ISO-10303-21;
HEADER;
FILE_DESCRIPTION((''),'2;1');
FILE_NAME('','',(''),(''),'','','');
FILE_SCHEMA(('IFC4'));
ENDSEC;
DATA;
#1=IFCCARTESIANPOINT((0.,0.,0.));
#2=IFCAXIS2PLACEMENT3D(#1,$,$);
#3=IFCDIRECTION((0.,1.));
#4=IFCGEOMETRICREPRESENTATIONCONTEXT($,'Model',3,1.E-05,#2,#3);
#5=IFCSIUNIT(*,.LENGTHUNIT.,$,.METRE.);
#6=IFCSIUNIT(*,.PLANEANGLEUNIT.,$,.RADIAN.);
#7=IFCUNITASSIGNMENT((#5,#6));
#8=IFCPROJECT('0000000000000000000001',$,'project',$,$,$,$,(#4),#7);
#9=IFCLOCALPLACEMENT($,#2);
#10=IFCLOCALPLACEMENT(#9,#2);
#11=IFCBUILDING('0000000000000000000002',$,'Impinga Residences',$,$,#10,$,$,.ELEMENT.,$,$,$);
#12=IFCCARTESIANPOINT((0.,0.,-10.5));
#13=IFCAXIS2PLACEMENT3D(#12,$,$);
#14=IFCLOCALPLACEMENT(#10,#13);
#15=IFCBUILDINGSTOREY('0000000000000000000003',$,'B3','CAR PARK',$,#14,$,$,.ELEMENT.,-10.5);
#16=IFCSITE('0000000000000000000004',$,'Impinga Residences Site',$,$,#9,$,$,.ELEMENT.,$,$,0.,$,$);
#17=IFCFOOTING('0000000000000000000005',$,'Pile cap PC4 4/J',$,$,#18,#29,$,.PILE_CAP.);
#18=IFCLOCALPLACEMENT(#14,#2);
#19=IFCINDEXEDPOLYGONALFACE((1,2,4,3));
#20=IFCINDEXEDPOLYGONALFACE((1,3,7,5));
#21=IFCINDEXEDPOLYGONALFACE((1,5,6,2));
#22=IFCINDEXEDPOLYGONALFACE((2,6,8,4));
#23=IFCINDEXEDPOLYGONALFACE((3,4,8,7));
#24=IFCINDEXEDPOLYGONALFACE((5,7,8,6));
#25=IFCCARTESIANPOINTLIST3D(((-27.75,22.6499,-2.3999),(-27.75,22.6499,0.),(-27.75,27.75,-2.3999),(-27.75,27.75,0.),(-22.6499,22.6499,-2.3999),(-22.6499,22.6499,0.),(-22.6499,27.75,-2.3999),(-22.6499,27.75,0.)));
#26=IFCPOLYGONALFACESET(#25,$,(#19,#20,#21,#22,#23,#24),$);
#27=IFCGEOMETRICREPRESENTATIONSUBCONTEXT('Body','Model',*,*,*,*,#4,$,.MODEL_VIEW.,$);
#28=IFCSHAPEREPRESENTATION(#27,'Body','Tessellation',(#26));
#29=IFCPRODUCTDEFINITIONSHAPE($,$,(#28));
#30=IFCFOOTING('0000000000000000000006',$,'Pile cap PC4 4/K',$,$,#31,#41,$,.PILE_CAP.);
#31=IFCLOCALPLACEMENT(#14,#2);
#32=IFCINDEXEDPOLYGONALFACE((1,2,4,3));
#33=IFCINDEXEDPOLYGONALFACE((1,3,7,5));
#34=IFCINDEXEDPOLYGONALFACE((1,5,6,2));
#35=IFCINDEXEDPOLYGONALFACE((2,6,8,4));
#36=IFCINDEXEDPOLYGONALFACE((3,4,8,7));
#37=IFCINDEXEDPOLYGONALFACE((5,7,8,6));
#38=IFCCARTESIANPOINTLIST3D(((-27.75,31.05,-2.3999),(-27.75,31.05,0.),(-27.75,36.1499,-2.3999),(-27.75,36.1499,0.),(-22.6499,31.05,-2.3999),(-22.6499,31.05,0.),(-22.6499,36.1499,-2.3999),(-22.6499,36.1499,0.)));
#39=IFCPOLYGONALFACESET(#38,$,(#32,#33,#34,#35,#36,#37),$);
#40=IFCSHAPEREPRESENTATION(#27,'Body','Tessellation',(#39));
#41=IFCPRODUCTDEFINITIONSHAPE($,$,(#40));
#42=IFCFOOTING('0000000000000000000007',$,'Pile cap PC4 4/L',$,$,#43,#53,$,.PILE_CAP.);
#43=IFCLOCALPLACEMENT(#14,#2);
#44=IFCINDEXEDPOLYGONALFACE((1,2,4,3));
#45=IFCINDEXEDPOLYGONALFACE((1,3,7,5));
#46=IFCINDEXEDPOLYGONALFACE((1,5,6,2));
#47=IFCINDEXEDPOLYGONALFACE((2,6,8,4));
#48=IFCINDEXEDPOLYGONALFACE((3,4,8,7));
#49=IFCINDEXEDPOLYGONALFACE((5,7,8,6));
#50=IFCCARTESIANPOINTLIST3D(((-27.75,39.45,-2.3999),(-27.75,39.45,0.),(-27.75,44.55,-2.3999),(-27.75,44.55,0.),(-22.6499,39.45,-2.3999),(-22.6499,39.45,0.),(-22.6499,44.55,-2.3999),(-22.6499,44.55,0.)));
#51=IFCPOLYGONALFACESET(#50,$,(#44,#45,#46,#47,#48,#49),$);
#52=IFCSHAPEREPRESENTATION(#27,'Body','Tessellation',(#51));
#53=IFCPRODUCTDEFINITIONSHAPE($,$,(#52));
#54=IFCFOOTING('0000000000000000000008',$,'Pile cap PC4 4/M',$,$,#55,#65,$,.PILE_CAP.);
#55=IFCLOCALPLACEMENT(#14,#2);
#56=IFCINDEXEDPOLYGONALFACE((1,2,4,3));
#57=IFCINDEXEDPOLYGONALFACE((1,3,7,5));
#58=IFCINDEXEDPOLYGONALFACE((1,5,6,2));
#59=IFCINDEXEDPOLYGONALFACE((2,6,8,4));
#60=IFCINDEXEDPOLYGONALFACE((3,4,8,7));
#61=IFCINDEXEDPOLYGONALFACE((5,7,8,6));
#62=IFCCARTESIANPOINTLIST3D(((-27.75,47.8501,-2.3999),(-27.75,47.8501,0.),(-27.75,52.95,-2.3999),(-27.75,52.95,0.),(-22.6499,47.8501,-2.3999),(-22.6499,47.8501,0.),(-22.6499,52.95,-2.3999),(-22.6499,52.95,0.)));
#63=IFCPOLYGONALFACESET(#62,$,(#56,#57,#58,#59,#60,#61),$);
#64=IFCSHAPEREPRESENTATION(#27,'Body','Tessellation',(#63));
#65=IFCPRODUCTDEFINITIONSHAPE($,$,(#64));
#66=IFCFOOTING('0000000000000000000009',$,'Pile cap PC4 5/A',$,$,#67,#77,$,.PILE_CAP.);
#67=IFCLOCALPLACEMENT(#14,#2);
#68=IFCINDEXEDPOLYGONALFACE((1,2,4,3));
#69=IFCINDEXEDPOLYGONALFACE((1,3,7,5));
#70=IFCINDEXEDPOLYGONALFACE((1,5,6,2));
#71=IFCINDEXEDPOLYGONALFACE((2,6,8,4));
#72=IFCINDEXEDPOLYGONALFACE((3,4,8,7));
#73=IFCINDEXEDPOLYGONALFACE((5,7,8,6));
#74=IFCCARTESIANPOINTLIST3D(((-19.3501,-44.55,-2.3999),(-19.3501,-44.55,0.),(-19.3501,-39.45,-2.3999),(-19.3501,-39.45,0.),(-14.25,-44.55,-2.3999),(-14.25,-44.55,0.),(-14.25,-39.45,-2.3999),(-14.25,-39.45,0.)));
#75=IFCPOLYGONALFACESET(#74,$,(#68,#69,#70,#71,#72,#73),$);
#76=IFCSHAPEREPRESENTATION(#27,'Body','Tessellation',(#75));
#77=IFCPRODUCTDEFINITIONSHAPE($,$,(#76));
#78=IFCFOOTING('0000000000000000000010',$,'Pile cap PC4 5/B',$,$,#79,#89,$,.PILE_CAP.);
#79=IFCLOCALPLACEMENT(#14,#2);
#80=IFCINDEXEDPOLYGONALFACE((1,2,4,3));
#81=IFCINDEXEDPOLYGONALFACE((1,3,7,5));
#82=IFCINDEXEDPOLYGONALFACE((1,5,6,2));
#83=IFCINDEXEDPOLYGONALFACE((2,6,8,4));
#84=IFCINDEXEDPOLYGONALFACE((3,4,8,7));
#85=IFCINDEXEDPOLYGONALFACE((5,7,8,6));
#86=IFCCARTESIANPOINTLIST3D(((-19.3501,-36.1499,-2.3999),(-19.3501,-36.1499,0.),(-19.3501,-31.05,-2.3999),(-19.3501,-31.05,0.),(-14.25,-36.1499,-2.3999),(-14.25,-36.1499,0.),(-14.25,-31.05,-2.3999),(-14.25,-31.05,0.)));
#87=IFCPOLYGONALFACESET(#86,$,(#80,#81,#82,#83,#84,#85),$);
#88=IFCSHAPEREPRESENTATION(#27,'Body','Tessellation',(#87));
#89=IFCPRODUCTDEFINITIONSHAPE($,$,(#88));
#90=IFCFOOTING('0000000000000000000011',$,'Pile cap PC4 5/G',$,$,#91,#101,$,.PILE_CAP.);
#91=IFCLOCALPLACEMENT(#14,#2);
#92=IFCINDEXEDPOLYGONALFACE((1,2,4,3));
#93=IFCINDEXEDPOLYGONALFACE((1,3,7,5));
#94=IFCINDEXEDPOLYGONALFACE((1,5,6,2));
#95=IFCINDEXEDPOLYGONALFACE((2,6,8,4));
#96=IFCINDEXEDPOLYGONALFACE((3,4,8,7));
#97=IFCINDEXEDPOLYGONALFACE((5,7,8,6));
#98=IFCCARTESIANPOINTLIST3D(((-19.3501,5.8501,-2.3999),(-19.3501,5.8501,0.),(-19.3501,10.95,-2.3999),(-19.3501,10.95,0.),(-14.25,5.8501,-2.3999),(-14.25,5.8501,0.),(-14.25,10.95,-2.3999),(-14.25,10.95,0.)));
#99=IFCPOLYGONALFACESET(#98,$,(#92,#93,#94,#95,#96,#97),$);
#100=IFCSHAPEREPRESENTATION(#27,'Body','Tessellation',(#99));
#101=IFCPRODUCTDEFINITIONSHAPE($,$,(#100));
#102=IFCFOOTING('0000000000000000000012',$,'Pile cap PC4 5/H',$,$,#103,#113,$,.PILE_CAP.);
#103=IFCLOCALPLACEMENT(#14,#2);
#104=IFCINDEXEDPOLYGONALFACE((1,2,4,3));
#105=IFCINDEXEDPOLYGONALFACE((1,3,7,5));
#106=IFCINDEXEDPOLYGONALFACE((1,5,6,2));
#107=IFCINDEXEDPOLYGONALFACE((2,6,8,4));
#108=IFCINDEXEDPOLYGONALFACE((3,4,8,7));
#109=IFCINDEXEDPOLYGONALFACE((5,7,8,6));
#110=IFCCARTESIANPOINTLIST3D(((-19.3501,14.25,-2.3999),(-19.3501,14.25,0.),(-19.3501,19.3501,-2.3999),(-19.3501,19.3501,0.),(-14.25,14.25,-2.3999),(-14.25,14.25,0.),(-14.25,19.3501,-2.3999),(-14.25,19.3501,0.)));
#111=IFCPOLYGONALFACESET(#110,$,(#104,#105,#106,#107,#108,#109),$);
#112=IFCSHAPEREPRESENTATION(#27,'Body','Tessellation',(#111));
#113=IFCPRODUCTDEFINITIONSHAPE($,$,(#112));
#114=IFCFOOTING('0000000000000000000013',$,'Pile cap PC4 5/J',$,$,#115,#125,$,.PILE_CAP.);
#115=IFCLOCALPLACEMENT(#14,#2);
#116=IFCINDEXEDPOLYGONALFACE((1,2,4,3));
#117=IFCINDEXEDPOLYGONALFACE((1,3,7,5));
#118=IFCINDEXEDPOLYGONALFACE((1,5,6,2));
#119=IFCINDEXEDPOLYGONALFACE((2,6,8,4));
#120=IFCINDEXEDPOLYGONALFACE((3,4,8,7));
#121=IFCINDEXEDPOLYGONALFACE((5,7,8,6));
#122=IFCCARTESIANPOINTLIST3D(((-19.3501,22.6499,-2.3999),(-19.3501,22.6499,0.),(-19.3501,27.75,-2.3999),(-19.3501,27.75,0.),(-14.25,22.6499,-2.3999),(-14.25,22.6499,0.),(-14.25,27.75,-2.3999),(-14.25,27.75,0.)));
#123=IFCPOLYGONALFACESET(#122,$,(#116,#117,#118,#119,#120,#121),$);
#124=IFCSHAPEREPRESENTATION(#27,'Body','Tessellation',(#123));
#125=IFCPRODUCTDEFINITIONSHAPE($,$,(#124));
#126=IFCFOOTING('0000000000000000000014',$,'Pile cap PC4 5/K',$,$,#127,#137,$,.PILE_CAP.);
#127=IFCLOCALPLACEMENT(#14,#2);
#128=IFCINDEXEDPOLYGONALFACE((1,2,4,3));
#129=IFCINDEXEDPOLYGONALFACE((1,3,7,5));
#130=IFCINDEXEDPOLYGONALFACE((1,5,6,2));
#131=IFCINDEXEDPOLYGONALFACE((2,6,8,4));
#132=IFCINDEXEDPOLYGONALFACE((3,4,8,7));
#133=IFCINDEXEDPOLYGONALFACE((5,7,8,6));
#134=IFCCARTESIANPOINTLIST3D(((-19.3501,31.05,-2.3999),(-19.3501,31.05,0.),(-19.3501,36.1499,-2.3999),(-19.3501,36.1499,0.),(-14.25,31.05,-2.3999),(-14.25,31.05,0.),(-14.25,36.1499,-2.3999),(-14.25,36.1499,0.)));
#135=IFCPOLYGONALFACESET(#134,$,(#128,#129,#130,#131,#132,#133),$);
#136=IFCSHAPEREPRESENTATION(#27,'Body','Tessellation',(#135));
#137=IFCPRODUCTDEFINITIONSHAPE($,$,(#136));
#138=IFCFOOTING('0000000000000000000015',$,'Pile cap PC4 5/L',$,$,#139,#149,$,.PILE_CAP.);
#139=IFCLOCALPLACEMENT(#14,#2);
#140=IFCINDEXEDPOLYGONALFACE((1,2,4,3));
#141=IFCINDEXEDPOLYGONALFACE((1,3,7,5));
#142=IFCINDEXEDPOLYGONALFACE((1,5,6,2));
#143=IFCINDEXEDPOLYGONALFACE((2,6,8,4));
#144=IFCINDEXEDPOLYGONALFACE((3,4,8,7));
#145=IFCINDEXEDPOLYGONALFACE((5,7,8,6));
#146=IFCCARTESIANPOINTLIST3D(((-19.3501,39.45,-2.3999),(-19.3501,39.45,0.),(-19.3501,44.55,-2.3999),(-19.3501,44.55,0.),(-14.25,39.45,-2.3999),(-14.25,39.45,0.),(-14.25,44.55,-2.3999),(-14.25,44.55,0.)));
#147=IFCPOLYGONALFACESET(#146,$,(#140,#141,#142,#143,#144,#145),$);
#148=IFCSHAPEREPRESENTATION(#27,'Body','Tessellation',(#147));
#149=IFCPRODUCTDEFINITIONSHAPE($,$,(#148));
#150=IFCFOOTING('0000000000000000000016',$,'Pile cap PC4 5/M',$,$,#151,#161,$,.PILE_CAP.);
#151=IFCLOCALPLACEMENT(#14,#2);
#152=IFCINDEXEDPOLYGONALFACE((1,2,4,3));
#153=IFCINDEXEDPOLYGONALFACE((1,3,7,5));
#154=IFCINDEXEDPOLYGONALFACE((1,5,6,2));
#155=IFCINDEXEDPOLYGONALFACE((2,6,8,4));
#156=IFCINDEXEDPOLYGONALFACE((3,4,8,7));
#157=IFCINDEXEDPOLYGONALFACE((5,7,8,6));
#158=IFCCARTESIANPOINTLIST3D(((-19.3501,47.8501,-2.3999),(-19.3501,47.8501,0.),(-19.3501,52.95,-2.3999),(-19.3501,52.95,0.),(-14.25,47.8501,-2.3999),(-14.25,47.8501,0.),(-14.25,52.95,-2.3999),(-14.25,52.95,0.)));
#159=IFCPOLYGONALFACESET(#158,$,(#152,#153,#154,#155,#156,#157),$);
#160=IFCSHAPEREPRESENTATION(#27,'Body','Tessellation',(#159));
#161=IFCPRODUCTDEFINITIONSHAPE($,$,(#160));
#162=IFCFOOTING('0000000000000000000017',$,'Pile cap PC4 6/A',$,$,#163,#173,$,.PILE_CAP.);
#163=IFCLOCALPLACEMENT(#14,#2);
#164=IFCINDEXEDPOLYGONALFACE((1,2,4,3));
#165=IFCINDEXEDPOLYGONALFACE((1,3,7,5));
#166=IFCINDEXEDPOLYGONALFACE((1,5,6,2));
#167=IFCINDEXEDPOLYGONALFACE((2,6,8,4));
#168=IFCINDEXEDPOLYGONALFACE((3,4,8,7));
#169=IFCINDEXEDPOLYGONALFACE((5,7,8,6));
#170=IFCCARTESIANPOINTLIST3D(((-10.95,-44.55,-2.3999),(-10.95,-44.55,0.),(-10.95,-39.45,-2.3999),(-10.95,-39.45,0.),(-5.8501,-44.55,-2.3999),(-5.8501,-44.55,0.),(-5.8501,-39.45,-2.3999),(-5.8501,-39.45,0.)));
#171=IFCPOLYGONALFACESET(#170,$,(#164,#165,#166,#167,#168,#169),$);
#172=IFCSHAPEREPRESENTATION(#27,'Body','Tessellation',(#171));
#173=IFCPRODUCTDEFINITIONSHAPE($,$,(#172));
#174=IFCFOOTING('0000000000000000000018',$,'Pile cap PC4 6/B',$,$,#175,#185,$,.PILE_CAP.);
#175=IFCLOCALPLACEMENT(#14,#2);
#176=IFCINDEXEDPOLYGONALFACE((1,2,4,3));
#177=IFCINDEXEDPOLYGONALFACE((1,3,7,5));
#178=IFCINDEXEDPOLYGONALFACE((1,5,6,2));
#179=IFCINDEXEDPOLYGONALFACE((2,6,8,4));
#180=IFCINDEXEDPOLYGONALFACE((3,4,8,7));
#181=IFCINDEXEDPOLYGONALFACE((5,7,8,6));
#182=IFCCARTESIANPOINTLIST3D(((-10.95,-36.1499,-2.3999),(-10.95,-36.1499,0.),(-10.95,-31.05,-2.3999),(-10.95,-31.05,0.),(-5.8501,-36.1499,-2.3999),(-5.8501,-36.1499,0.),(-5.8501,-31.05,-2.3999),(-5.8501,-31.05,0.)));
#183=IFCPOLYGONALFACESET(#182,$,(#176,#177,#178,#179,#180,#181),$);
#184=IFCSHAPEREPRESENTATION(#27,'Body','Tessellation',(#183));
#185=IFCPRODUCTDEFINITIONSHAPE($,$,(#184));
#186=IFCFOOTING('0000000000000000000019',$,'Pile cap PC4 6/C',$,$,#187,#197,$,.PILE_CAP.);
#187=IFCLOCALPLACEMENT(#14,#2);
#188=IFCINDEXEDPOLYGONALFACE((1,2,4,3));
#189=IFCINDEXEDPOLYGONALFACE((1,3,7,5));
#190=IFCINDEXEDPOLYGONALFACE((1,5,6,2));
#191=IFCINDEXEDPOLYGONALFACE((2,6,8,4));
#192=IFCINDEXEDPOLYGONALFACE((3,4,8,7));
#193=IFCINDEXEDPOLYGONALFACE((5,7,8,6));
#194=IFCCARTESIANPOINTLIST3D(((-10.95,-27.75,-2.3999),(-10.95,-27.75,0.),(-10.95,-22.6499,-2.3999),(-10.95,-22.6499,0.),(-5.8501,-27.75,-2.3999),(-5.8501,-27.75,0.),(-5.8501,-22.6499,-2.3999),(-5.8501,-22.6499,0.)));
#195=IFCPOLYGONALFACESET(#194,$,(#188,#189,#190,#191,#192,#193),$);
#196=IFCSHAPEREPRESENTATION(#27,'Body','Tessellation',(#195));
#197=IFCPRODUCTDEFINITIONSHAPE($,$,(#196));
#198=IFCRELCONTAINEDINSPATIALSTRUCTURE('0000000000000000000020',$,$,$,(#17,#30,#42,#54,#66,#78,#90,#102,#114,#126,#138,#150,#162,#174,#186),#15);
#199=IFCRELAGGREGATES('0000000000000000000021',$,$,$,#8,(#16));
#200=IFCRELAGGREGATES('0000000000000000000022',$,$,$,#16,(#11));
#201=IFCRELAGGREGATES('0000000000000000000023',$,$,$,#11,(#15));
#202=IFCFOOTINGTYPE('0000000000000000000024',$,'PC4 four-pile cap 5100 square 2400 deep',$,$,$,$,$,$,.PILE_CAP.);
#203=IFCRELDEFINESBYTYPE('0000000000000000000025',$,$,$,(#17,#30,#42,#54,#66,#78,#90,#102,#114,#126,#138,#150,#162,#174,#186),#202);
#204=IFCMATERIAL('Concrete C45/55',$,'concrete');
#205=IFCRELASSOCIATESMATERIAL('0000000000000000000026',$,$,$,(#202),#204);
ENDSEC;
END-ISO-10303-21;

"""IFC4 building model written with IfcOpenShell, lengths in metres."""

from ifc_helpers import new_model, si_unit, direction, frame, origin, place, context, subcontext, project, spatial, polyline, outline, extrude, material, type_object, element, save


model = new_model("IFC4")

# Units and contexts
model_context = context("Model", 3, precision=1e-05, world=origin(), true_north=direction((0.0, 1.0)))
body_context = subcontext(model_context, "Body", "Model", "MODEL_VIEW")
ifc_project = project(units=[si_unit("LENGTHUNIT", "METRE"), si_unit("PLANEANGLEUNIT", "RADIAN")], contexts=[model_context])

# Site, building, storey
site_placement = place(None, origin())
site = spatial("IfcSite", under=ifc_project, at=site_placement, Name="Impinga Residences Site", CompositionType="ELEMENT", RefElevation=0.0)
building_placement = place(site_placement, origin())
building = spatial("IfcBuilding", under=site, at=building_placement, Name="Impinga Residences", CompositionType="ELEMENT")
storey_placement = place(building_placement, frame((0.0, 0.0, -10.5)))
storey = spatial("IfcBuildingStorey", under=building, at=storey_placement, Name="B3", Description="CAR PARK", CompositionType="ELEMENT", Elevation=-10.5)

# Footings
ifc_material = material(Name="Concrete C45/55", Category="concrete")
footing_type = type_object("IfcFootingType", Name="PC4 four-pile cap 5100 square 2400 deep", PredefinedType="PILE_CAP", material=ifc_material)
footing_1_placement = place(storey_placement, frame((0.0, 0.0, -2.3999)))
element("IfcFooting", 1, at=footing_1_placement, inside=storey, type_object=footing_type, Name="Pile cap PC4 4/J", PredefinedType="PILE_CAP", context=body_context, shape_type="SweptSolid", body=[
    extrude(outline(polyline([(-22.6499, 22.6499), (-22.6499, 27.75), (-27.75, 27.75), (-27.75, 22.6499), (-22.6499, 22.6499)])), origin(), (0.0, 0.0, 1.0), 2.3999),
])
footing_2_placement = place(storey_placement, frame((0.0, 0.0, -2.3999)))
element("IfcFooting", 2, at=footing_2_placement, inside=storey, type_object=footing_type, Name="Pile cap PC4 4/K", PredefinedType="PILE_CAP", context=body_context, shape_type="SweptSolid", body=[
    extrude(outline(polyline([(-22.6499, 31.05), (-22.6499, 36.1499), (-27.75, 36.1499), (-27.75, 31.05), (-22.6499, 31.05)])), origin(), (0.0, 0.0, 1.0), 2.3999),
])
footing_3_placement = place(storey_placement, frame((0.0, 0.0, -2.3999)))
element("IfcFooting", 3, at=footing_3_placement, inside=storey, type_object=footing_type, Name="Pile cap PC4 4/L", PredefinedType="PILE_CAP", context=body_context, shape_type="SweptSolid", body=[
    extrude(outline(polyline([(-22.6499, 39.45), (-22.6499, 44.55), (-27.75, 44.55), (-27.75, 39.45), (-22.6499, 39.45)])), origin(), (0.0, 0.0, 1.0), 2.3999),
])
footing_4_placement = place(storey_placement, frame((0.0, 0.0, -2.3999)))
element("IfcFooting", 4, at=footing_4_placement, inside=storey, type_object=footing_type, Name="Pile cap PC4 4/M", PredefinedType="PILE_CAP", context=body_context, shape_type="SweptSolid", body=[
    extrude(outline(polyline([(-22.6499, 47.8501), (-22.6499, 52.95), (-27.75, 52.95), (-27.75, 47.8501), (-22.6499, 47.8501)])), origin(), (0.0, 0.0, 1.0), 2.3999),
])
footing_5_placement = place(storey_placement, frame((0.0, 0.0, -2.3999)))
element("IfcFooting", 5, at=footing_5_placement, inside=storey, type_object=footing_type, Name="Pile cap PC4 5/A", PredefinedType="PILE_CAP", context=body_context, shape_type="SweptSolid", body=[
    extrude(outline(polyline([(-14.25, -44.55), (-14.25, -39.45), (-19.3501, -39.45), (-19.3501, -44.55), (-14.25, -44.55)])), origin(), (0.0, 0.0, 1.0), 2.3999),
])
footing_6_placement = place(storey_placement, frame((0.0, 0.0, -2.3999)))
element("IfcFooting", 6, at=footing_6_placement, inside=storey, type_object=footing_type, Name="Pile cap PC4 5/B", PredefinedType="PILE_CAP", context=body_context, shape_type="SweptSolid", body=[
    extrude(outline(polyline([(-14.25, -36.1499), (-14.25, -31.05), (-19.3501, -31.05), (-19.3501, -36.1499), (-14.25, -36.1499)])), origin(), (0.0, 0.0, 1.0), 2.3999),
])
footing_7_placement = place(storey_placement, frame((0.0, 0.0, -2.3999)))
element("IfcFooting", 7, at=footing_7_placement, inside=storey, type_object=footing_type, Name="Pile cap PC4 5/G", PredefinedType="PILE_CAP", context=body_context, shape_type="SweptSolid", body=[
    extrude(outline(polyline([(-14.25, 5.8501), (-14.25, 10.95), (-19.3501, 10.95), (-19.3501, 5.8501), (-14.25, 5.8501)])), origin(), (0.0, 0.0, 1.0), 2.3999),
])
footing_8_placement = place(storey_placement, frame((0.0, 0.0, -2.3999)))
element("IfcFooting", 8, at=footing_8_placement, inside=storey, type_object=footing_type, Name="Pile cap PC4 5/H", PredefinedType="PILE_CAP", context=body_context, shape_type="SweptSolid", body=[
    extrude(outline(polyline([(-14.25, 14.25), (-14.25, 19.3501), (-19.3501, 19.3501), (-19.3501, 14.25), (-14.25, 14.25)])), origin(), (0.0, 0.0, 1.0), 2.3999),
])
footing_9_placement = place(storey_placement, frame((0.0, 0.0, -2.3999)))
element("IfcFooting", 9, at=footing_9_placement, inside=storey, type_object=footing_type, Name="Pile cap PC4 5/J", PredefinedType="PILE_CAP", context=body_context, shape_type="SweptSolid", body=[
    extrude(outline(polyline([(-14.25, 22.6499), (-14.25, 27.75), (-19.3501, 27.75), (-19.3501, 22.6499), (-14.25, 22.6499)])), origin(), (0.0, 0.0, 1.0), 2.3999),
])
footing_10_placement = place(storey_placement, frame((0.0, 0.0, -2.3999)))
element("IfcFooting", 10, at=footing_10_placement, inside=storey, type_object=footing_type, Name="Pile cap PC4 5/K", PredefinedType="PILE_CAP", context=body_context, shape_type="SweptSolid", body=[
    extrude(outline(polyline([(-14.25, 31.05), (-14.25, 36.1499), (-19.3501, 36.1499), (-19.3501, 31.05), (-14.25, 31.05)])), origin(), (0.0, 0.0, 1.0), 2.3999),
])
footing_11_placement = place(storey_placement, frame((0.0, 0.0, -2.3999)))
element("IfcFooting", 11, at=footing_11_placement, inside=storey, type_object=footing_type, Name="Pile cap PC4 5/L", PredefinedType="PILE_CAP", context=body_context, shape_type="SweptSolid", body=[
    extrude(outline(polyline([(-14.25, 39.45), (-14.25, 44.55), (-19.3501, 44.55), (-19.3501, 39.45), (-14.25, 39.45)])), origin(), (0.0, 0.0, 1.0), 2.3999),
])
footing_12_placement = place(storey_placement, frame((0.0, 0.0, -2.3999)))
element("IfcFooting", 12, at=footing_12_placement, inside=storey, type_object=footing_type, Name="Pile cap PC4 5/M", PredefinedType="PILE_CAP", context=body_context, shape_type="SweptSolid", body=[
    extrude(outline(polyline([(-14.25, 47.8501), (-14.25, 52.95), (-19.3501, 52.95), (-19.3501, 47.8501), (-14.25, 47.8501)])), origin(), (0.0, 0.0, 1.0), 2.3999),
])
footing_13_placement = place(storey_placement, frame((0.0, 0.0, -2.3999)))
element("IfcFooting", 13, at=footing_13_placement, inside=storey, type_object=footing_type, Name="Pile cap PC4 6/A", PredefinedType="PILE_CAP", context=body_context, shape_type="SweptSolid", body=[
    extrude(outline(polyline([(-5.8501, -44.55), (-5.8501, -39.45), (-10.95, -39.45), (-10.95, -44.55), (-5.8501, -44.55)])), origin(), (0.0, 0.0, 1.0), 2.3999),
])
footing_14_placement = place(storey_placement, frame((0.0, 0.0, -2.3999)))
element("IfcFooting", 14, at=footing_14_placement, inside=storey, type_object=footing_type, Name="Pile cap PC4 6/B", PredefinedType="PILE_CAP", context=body_context, shape_type="SweptSolid", body=[
    extrude(outline(polyline([(-5.8501, -36.1499), (-5.8501, -31.05), (-10.95, -31.05), (-10.95, -36.1499), (-5.8501, -36.1499)])), origin(), (0.0, 0.0, 1.0), 2.3999),
])
footing_15_placement = place(storey_placement, frame((0.0, 0.0, -2.3999)))
element("IfcFooting", 15, at=footing_15_placement, inside=storey, type_object=footing_type, Name="Pile cap PC4 6/C", PredefinedType="PILE_CAP", context=body_context, shape_type="SweptSolid", body=[
    extrude(outline(polyline([(-5.8501, -27.75), (-5.8501, -22.6499), (-10.95, -22.6499), (-10.95, -27.75), (-5.8501, -27.75)])), origin(), (0.0, 0.0, 1.0), 2.3999),
])

save(model, "model.ifc")
